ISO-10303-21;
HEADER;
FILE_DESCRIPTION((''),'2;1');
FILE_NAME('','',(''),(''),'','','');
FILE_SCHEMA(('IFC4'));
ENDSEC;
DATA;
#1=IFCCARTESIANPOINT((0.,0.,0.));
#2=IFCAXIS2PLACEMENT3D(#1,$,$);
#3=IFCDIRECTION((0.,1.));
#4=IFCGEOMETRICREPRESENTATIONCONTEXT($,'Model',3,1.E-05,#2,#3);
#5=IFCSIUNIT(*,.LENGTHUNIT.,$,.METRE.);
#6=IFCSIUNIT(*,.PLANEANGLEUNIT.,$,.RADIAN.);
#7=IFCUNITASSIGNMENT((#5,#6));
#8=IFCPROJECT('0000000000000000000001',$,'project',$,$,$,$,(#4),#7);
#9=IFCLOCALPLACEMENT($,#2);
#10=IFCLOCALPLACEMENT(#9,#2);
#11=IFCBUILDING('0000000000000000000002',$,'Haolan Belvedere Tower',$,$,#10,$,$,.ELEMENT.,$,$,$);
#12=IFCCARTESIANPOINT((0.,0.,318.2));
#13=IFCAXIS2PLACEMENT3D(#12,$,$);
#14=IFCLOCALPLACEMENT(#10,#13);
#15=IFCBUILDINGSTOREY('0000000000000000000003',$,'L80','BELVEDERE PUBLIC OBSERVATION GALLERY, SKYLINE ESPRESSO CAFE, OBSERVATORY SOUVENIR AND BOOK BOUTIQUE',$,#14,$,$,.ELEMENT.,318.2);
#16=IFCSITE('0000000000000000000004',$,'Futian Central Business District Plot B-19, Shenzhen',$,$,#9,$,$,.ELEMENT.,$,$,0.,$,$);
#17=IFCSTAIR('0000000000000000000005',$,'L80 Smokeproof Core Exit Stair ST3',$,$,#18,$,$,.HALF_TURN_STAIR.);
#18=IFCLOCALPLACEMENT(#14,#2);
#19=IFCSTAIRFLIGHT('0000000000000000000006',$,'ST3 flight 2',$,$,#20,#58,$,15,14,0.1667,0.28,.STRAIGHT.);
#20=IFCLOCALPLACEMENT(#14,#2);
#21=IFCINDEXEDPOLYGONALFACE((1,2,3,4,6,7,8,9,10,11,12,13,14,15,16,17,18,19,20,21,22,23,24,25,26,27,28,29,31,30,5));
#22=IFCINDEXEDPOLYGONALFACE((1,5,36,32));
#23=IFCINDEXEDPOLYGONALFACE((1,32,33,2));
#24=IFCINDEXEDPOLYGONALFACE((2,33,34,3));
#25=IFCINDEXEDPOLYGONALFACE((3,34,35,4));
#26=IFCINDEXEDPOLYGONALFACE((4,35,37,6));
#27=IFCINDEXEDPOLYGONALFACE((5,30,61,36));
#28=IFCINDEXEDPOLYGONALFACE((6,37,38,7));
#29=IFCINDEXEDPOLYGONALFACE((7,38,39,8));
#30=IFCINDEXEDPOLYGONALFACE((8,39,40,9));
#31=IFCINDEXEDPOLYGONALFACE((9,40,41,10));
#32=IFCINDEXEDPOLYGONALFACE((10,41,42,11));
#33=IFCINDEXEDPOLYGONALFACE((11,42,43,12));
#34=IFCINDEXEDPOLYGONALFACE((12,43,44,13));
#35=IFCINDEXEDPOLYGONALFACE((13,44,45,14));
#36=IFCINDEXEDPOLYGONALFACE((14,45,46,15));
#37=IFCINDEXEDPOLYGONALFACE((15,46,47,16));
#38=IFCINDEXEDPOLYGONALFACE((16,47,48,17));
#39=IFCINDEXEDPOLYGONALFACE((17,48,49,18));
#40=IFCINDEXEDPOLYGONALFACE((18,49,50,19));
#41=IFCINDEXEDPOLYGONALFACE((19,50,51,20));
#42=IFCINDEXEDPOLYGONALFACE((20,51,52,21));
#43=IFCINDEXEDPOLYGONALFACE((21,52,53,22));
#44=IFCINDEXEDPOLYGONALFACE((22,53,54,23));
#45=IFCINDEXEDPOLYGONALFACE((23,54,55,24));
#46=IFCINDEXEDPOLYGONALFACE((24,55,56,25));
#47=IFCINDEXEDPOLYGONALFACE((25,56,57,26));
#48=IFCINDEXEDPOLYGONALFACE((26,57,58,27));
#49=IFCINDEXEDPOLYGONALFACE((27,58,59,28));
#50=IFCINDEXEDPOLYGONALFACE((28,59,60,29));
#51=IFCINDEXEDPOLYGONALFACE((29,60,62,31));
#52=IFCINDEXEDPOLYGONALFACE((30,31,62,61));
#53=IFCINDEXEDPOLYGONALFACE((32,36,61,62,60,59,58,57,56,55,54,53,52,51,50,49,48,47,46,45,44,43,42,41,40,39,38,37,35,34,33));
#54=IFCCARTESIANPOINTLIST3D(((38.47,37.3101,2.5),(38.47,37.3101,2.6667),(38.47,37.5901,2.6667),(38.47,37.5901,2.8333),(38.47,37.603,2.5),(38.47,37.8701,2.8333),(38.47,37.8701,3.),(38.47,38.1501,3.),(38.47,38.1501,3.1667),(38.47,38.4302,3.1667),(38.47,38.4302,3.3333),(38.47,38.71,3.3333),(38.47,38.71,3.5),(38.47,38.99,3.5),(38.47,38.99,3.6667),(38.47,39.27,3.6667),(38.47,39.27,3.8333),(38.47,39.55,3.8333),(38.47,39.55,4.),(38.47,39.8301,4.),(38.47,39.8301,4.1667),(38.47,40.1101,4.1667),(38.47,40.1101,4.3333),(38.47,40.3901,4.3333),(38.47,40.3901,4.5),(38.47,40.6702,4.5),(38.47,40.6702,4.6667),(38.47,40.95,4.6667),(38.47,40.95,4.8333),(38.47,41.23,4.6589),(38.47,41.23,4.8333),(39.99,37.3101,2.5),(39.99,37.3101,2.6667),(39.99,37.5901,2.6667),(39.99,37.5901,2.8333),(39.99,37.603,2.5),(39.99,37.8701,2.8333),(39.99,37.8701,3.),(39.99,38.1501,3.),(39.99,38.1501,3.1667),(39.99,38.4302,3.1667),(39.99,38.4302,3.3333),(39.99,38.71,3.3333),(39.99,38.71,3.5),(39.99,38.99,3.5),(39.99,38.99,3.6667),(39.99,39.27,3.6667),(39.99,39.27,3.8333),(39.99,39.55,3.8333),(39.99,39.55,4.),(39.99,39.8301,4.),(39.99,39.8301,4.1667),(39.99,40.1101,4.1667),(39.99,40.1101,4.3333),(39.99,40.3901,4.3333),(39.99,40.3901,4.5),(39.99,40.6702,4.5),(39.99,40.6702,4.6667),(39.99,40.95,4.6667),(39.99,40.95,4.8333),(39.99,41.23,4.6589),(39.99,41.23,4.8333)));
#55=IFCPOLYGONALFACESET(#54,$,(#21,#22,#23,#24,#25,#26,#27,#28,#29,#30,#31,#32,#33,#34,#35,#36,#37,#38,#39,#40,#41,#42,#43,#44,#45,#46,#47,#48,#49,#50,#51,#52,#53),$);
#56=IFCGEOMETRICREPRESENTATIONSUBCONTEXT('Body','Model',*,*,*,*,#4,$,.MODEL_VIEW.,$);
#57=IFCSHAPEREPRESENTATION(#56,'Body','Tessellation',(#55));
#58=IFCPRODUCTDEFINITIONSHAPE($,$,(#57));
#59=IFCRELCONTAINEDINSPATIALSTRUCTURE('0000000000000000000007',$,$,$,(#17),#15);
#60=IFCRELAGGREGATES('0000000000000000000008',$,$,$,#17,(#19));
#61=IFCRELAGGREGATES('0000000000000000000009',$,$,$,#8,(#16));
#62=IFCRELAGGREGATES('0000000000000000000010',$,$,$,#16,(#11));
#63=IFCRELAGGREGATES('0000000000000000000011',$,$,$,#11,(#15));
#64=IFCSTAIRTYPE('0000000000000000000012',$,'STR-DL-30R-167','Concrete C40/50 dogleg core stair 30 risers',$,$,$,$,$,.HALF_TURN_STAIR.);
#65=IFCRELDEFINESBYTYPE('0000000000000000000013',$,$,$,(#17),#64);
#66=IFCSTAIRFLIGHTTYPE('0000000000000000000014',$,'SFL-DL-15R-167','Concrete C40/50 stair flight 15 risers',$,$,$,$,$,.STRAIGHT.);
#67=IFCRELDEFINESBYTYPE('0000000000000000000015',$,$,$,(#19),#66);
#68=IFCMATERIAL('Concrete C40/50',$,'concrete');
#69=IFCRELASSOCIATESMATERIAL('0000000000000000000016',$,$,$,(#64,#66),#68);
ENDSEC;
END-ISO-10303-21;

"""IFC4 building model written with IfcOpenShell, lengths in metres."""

from ifc_helpers import new_model, si_unit, direction, frame, origin, place, context, subcontext, project, spatial, polyline, outline, extrude, material, type_object, element, aggregate, save


model = new_model("IFC4")

# Units and contexts
model_context = context("Model", 3, precision=1e-05, world=origin(), true_north=direction((0.0, 1.0)))
body_context = subcontext(model_context, "Body", "Model", "MODEL_VIEW")
ifc_project = project(units=[si_unit("LENGTHUNIT", "METRE"), si_unit("PLANEANGLEUNIT", "RADIAN")], contexts=[model_context])

# Site, building, storey
site_placement = place(None, origin())
site = spatial("IfcSite", under=ifc_project, at=site_placement, Name="Futian Central Business District Plot B-19, Shenzhen", CompositionType="ELEMENT", RefElevation=0.0)
building_placement = place(site_placement, origin())
building = spatial("IfcBuilding", under=site, at=building_placement, Name="Haolan Belvedere Tower", CompositionType="ELEMENT")
storey_placement = place(building_placement, frame((0.0, 0.0, 318.2)))
storey = spatial("IfcBuildingStorey", under=building, at=storey_placement, Name="L80", Description="BELVEDERE PUBLIC OBSERVATION GALLERY, SKYLINE ESPRESSO CAFE, OBSERVATORY SOUVENIR AND BOOK BOUTIQUE", CompositionType="ELEMENT", Elevation=318.2)

# Stair, stair flight
ifc_material_1 = material(Name="Concrete C40/50", Category="concrete")
stair_type = type_object("IfcStairType", Name="STR-DL-30R-167", Description="Concrete C40/50 dogleg core stair 30 risers", PredefinedType="HALF_TURN_STAIR", material=ifc_material_1)
stair_placement = place(storey_placement, origin())
stair = element("IfcStair", 1, at=stair_placement, inside=storey, type_object=stair_type, Name="L80 Smokeproof Core Exit Stair ST3", PredefinedType="HALF_TURN_STAIR")
stair_flight_type = type_object("IfcStairFlightType", Name="SFL-DL-15R-167", Description="Concrete C40/50 stair flight 15 risers", PredefinedType="STRAIGHT", material=ifc_material_1)
stair_flight_placement = place(storey_placement, frame((39.23, 37.3101, 2.5), z_axis=(0.0, 0.0, 1.0), x_axis=(0.0, 1.0, 0.0)))
stair_flight = element("IfcStairFlight", 2, at=stair_flight_placement, type_object=stair_flight_type, Name="ST3 flight 2", NumberOfRisers=15, NumberOfTreads=14, PredefinedType="STRAIGHT", RiserHeight=0.1667, TreadLength=0.28, context=body_context, shape_type="SweptSolid", body=[
    extrude(outline(polyline([(0.0, 0.0), (0.0, 0.1667), (0.28, 0.1667), (0.28, 0.3333), (0.5601, 0.3333), (0.5601, 0.5), (0.8401, 0.5), (0.8401, 0.6667), (1.1201, 0.6667), (1.1201, 0.8333), (1.3999, 0.8333), (1.3999, 1.0), (1.6799, 1.0), (1.6799, 1.1667), (1.96, 1.1667), (1.96, 1.3333), (2.24, 1.3333), (2.24, 1.5), (2.52, 1.5), (2.52, 1.6667), (2.8, 1.6667), (2.8, 1.8333), (3.0801, 1.8333), (3.0801, 2.0), (3.3601, 2.0), (3.3601, 2.1667), (3.6399, 2.1667), (3.6399, 2.3333), (3.9199, 2.3333), (3.9199, 2.5), (3.9199, 2.1589), (0.293, 0.0), (0.0, 0.0)])), frame((0.0, 0.76, 0.0), z_axis=(0.0, -1.0, 0.0), x_axis=(1.0, 0.0, 0.0)), (0.0, 0.0, 1.0), 1.52),
])
aggregate(stair, [stair_flight])

save(model, "model.ifc")
